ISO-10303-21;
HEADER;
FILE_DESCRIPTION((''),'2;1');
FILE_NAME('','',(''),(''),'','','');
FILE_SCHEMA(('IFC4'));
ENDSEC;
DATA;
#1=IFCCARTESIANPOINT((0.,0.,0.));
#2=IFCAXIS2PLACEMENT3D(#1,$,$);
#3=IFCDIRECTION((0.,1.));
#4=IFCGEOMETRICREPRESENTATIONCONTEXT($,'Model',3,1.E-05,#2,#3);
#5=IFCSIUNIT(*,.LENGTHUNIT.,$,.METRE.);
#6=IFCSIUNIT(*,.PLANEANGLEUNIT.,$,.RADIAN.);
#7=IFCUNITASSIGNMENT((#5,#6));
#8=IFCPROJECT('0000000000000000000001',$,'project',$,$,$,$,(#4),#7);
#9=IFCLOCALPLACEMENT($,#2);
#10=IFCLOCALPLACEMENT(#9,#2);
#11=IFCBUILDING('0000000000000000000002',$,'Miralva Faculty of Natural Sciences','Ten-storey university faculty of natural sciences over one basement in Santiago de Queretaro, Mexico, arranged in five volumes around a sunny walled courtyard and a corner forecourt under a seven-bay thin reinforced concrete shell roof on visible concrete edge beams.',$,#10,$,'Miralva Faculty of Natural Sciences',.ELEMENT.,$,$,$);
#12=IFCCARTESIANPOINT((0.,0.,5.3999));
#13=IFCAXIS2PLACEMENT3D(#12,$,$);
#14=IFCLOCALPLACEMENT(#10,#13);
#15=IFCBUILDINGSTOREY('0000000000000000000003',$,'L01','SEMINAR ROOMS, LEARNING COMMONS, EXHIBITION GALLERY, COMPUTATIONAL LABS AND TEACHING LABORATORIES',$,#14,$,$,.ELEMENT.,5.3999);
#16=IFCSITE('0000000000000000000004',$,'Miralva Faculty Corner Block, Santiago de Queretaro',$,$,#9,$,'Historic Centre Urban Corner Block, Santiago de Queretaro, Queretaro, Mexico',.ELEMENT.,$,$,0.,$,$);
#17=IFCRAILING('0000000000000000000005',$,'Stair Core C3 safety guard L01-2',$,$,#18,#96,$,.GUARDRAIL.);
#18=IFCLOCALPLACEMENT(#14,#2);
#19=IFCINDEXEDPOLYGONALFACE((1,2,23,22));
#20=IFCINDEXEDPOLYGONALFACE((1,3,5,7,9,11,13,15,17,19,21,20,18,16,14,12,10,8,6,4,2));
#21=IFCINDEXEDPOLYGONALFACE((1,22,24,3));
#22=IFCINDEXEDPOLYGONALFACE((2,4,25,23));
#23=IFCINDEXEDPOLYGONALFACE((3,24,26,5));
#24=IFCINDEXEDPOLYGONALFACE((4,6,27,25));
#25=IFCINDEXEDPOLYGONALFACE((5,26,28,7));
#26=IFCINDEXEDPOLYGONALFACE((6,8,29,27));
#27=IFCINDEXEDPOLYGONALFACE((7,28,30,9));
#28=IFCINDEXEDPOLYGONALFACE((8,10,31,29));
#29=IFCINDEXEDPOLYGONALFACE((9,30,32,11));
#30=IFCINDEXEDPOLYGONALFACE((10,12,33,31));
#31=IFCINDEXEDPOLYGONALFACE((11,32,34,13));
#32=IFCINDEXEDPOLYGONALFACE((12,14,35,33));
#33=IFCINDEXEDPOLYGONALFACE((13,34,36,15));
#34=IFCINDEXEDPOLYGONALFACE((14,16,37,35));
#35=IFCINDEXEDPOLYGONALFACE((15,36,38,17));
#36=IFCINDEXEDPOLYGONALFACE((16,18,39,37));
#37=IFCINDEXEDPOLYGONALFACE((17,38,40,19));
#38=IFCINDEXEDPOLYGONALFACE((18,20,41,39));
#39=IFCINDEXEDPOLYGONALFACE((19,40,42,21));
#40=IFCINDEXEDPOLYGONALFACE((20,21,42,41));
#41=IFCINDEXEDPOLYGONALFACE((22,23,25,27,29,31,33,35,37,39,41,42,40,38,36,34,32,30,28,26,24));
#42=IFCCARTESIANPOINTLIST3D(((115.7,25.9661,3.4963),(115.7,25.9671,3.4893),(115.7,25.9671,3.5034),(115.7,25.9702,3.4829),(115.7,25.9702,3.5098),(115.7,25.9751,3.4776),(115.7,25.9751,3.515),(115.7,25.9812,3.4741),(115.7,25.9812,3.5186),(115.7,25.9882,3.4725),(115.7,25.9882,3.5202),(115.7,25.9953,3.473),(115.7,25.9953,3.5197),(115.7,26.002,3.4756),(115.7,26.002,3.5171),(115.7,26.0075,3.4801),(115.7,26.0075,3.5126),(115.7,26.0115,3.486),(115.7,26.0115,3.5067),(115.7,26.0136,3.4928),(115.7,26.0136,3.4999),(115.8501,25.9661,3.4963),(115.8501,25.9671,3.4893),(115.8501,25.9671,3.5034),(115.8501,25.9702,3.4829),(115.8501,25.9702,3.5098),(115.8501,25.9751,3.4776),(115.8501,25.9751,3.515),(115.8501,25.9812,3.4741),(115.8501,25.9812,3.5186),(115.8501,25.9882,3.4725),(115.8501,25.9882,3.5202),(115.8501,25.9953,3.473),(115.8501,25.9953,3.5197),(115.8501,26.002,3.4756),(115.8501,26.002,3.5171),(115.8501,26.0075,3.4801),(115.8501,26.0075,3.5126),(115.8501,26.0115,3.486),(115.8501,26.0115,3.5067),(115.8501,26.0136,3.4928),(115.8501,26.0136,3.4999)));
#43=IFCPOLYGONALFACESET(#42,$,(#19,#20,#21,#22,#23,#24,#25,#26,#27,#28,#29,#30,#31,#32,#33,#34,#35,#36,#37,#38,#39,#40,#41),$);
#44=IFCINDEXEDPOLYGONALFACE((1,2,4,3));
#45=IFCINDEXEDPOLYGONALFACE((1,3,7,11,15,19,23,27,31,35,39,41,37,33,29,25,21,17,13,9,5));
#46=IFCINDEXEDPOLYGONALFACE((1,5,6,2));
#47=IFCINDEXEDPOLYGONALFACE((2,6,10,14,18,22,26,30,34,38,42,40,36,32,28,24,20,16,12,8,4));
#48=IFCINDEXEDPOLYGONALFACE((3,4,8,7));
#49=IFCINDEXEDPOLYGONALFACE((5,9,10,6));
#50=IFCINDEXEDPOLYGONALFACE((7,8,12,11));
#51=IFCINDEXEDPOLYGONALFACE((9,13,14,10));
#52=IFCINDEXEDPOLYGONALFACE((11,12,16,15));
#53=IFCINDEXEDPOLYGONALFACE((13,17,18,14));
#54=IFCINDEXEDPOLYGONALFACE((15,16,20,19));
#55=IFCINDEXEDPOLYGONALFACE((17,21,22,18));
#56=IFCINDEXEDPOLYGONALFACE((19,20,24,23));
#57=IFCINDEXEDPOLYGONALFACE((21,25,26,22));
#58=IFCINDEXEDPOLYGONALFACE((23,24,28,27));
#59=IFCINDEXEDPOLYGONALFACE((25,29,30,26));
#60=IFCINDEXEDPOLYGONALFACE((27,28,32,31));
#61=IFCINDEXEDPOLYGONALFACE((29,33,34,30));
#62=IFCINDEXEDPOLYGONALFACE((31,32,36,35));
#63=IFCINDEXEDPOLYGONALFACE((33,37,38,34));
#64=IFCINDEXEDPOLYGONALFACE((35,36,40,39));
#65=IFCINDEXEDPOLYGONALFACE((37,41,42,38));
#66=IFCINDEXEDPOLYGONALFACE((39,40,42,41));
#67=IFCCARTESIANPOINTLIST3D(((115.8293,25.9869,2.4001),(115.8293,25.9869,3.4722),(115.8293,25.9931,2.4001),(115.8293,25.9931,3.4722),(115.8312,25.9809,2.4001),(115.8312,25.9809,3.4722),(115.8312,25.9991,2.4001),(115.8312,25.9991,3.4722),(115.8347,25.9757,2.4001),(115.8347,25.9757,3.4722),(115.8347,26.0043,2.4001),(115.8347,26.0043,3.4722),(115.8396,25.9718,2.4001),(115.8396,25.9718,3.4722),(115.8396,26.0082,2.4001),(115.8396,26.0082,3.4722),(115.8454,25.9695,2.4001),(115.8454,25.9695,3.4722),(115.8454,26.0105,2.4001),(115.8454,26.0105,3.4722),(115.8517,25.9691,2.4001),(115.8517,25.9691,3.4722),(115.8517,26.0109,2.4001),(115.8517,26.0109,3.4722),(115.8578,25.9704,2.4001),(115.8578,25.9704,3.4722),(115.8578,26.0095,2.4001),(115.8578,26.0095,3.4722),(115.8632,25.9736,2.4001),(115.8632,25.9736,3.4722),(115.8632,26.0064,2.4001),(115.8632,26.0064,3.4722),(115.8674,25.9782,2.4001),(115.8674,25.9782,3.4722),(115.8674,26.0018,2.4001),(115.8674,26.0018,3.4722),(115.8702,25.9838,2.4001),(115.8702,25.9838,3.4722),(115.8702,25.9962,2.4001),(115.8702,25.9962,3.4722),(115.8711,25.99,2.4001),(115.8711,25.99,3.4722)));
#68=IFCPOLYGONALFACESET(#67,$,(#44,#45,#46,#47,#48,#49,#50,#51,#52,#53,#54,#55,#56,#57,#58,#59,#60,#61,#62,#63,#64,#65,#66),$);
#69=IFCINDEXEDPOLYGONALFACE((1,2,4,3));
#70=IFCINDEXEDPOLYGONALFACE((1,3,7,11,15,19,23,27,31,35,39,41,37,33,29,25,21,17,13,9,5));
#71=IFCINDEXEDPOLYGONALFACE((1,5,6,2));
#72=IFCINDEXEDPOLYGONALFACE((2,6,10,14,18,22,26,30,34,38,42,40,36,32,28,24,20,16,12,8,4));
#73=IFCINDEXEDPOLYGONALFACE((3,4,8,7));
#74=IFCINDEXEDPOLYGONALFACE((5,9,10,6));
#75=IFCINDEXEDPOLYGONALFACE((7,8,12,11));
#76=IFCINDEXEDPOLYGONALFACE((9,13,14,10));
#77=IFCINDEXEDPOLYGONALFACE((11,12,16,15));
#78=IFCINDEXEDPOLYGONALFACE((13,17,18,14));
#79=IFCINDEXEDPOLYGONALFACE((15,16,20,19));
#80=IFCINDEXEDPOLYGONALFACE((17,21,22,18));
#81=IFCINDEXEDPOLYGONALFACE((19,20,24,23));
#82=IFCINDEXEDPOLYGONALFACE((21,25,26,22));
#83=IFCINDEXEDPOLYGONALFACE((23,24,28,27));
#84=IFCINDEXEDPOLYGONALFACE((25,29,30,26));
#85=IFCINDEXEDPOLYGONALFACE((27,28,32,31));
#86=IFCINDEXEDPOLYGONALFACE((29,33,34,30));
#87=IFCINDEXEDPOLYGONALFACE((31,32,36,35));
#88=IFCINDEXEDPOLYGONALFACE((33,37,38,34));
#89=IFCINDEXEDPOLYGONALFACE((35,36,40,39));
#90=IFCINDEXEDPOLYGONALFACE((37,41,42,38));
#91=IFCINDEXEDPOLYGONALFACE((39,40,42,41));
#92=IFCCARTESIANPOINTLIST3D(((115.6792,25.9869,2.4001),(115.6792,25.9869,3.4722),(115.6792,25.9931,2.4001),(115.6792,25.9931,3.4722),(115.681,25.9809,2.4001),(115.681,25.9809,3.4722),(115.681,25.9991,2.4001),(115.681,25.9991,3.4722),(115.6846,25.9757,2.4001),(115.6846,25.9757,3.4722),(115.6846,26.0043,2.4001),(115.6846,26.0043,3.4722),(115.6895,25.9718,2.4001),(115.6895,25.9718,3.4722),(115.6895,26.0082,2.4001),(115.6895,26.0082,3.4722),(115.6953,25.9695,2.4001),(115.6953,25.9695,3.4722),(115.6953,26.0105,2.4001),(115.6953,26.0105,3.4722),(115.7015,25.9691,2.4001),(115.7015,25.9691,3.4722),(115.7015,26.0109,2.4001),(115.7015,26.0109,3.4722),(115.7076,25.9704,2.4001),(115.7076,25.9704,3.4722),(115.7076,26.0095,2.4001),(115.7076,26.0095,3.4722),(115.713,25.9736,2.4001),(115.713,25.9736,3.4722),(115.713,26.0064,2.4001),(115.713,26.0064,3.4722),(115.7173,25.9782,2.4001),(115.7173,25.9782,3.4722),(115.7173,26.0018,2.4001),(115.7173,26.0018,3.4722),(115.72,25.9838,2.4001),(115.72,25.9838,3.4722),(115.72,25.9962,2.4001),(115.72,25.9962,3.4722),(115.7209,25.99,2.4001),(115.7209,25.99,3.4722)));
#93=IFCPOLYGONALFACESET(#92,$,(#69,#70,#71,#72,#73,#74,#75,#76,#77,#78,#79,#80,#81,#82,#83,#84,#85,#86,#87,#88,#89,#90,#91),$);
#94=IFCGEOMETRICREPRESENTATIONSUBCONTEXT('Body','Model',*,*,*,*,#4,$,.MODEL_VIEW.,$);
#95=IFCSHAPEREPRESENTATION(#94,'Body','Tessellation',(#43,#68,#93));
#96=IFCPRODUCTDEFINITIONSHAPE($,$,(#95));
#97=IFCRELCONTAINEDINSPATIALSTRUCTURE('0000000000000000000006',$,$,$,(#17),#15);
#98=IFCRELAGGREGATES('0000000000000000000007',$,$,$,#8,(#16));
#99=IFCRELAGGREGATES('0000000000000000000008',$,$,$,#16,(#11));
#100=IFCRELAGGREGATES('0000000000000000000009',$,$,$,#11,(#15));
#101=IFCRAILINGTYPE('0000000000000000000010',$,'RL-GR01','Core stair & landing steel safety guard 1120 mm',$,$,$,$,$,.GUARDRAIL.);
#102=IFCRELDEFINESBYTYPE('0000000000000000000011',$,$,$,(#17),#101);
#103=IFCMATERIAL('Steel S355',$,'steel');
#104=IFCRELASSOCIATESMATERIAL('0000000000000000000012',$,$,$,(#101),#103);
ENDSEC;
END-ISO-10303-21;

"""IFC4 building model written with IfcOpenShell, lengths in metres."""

from ifc_helpers import new_model, si_unit, direction, frame, origin, origin_2d, place, context, subcontext, project, spatial, circle, extrude, material, type_object, element, save


model = new_model("IFC4")

# Units and contexts
model_context = context("Model", 3, precision=1e-05, world=origin(), true_north=direction((0.0, 1.0)))
body_context = subcontext(model_context, "Body", "Model", "MODEL_VIEW")
ifc_project = project(units=[si_unit("LENGTHUNIT", "METRE"), si_unit("PLANEANGLEUNIT", "RADIAN")], contexts=[model_context])

# Site, building, storey
site_placement = place(None, origin())
site = spatial("IfcSite", under=ifc_project, at=site_placement, Name="Miralva Faculty Corner Block, Santiago de Queretaro", LongName="Historic Centre Urban Corner Block, Santiago de Queretaro, Queretaro, Mexico", CompositionType="ELEMENT", RefElevation=0.0)
building_placement = place(site_placement, origin())
building = spatial("IfcBuilding", under=site, at=building_placement, Name="Miralva Faculty of Natural Sciences", Description="Ten-storey university faculty of natural sciences over one basement in Santiago de Queretaro, Mexico, arranged in five volumes around a sunny walled courtyard and a corner forecourt under a seven-bay thin reinforced concrete shell roof on visible concrete edge beams.", LongName="Miralva Faculty of Natural Sciences", CompositionType="ELEMENT")
storey_placement = place(building_placement, frame((0.0, 0.0, 5.3999)))
storey = spatial("IfcBuildingStorey", under=building, at=storey_placement, Name="L01", Description="SEMINAR ROOMS, LEARNING COMMONS, EXHIBITION GALLERY, COMPUTATIONAL LABS AND TEACHING LABORATORIES", CompositionType="ELEMENT", Elevation=5.3999)

# Railing
ifc_material_1 = material(Name="Steel S355", Category="steel")
railing_type_1 = type_object("IfcRailingType", Name="RL-GR01", Description="Core stair & landing steel safety guard 1120 mm", PredefinedType="GUARDRAIL", material=ifc_material_1)
railing_1_placement = place(storey_placement, frame((115.8501, 25.99, 2.4001)))
element("IfcRailing", 1, at=railing_1_placement, inside=storey, type_object=railing_type_1, Name="Stair Core C3 safety guard L01-2", PredefinedType="GUARDRAIL", context=body_context, shape_type="SweptSolid", body=[
    extrude(circle(Radius=0.0239, at=origin_2d()), frame((0.0, 0.0, 1.0962), z_axis=(-1.0, 0.0, 0.0), x_axis=(0.0, -1.0, 0.0)), (0.0, 0.0, 1.0), 0.1501),
    extrude(circle(Radius=0.021, at=origin_2d()), origin(), (0.0, 0.0, 1.0), 1.072),
    extrude(circle(Radius=0.021, at=origin_2d()), frame((-0.1501, 0.0, 0.0)), (0.0, 0.0, 1.0), 1.072),
])

save(model, "model.ifc")
